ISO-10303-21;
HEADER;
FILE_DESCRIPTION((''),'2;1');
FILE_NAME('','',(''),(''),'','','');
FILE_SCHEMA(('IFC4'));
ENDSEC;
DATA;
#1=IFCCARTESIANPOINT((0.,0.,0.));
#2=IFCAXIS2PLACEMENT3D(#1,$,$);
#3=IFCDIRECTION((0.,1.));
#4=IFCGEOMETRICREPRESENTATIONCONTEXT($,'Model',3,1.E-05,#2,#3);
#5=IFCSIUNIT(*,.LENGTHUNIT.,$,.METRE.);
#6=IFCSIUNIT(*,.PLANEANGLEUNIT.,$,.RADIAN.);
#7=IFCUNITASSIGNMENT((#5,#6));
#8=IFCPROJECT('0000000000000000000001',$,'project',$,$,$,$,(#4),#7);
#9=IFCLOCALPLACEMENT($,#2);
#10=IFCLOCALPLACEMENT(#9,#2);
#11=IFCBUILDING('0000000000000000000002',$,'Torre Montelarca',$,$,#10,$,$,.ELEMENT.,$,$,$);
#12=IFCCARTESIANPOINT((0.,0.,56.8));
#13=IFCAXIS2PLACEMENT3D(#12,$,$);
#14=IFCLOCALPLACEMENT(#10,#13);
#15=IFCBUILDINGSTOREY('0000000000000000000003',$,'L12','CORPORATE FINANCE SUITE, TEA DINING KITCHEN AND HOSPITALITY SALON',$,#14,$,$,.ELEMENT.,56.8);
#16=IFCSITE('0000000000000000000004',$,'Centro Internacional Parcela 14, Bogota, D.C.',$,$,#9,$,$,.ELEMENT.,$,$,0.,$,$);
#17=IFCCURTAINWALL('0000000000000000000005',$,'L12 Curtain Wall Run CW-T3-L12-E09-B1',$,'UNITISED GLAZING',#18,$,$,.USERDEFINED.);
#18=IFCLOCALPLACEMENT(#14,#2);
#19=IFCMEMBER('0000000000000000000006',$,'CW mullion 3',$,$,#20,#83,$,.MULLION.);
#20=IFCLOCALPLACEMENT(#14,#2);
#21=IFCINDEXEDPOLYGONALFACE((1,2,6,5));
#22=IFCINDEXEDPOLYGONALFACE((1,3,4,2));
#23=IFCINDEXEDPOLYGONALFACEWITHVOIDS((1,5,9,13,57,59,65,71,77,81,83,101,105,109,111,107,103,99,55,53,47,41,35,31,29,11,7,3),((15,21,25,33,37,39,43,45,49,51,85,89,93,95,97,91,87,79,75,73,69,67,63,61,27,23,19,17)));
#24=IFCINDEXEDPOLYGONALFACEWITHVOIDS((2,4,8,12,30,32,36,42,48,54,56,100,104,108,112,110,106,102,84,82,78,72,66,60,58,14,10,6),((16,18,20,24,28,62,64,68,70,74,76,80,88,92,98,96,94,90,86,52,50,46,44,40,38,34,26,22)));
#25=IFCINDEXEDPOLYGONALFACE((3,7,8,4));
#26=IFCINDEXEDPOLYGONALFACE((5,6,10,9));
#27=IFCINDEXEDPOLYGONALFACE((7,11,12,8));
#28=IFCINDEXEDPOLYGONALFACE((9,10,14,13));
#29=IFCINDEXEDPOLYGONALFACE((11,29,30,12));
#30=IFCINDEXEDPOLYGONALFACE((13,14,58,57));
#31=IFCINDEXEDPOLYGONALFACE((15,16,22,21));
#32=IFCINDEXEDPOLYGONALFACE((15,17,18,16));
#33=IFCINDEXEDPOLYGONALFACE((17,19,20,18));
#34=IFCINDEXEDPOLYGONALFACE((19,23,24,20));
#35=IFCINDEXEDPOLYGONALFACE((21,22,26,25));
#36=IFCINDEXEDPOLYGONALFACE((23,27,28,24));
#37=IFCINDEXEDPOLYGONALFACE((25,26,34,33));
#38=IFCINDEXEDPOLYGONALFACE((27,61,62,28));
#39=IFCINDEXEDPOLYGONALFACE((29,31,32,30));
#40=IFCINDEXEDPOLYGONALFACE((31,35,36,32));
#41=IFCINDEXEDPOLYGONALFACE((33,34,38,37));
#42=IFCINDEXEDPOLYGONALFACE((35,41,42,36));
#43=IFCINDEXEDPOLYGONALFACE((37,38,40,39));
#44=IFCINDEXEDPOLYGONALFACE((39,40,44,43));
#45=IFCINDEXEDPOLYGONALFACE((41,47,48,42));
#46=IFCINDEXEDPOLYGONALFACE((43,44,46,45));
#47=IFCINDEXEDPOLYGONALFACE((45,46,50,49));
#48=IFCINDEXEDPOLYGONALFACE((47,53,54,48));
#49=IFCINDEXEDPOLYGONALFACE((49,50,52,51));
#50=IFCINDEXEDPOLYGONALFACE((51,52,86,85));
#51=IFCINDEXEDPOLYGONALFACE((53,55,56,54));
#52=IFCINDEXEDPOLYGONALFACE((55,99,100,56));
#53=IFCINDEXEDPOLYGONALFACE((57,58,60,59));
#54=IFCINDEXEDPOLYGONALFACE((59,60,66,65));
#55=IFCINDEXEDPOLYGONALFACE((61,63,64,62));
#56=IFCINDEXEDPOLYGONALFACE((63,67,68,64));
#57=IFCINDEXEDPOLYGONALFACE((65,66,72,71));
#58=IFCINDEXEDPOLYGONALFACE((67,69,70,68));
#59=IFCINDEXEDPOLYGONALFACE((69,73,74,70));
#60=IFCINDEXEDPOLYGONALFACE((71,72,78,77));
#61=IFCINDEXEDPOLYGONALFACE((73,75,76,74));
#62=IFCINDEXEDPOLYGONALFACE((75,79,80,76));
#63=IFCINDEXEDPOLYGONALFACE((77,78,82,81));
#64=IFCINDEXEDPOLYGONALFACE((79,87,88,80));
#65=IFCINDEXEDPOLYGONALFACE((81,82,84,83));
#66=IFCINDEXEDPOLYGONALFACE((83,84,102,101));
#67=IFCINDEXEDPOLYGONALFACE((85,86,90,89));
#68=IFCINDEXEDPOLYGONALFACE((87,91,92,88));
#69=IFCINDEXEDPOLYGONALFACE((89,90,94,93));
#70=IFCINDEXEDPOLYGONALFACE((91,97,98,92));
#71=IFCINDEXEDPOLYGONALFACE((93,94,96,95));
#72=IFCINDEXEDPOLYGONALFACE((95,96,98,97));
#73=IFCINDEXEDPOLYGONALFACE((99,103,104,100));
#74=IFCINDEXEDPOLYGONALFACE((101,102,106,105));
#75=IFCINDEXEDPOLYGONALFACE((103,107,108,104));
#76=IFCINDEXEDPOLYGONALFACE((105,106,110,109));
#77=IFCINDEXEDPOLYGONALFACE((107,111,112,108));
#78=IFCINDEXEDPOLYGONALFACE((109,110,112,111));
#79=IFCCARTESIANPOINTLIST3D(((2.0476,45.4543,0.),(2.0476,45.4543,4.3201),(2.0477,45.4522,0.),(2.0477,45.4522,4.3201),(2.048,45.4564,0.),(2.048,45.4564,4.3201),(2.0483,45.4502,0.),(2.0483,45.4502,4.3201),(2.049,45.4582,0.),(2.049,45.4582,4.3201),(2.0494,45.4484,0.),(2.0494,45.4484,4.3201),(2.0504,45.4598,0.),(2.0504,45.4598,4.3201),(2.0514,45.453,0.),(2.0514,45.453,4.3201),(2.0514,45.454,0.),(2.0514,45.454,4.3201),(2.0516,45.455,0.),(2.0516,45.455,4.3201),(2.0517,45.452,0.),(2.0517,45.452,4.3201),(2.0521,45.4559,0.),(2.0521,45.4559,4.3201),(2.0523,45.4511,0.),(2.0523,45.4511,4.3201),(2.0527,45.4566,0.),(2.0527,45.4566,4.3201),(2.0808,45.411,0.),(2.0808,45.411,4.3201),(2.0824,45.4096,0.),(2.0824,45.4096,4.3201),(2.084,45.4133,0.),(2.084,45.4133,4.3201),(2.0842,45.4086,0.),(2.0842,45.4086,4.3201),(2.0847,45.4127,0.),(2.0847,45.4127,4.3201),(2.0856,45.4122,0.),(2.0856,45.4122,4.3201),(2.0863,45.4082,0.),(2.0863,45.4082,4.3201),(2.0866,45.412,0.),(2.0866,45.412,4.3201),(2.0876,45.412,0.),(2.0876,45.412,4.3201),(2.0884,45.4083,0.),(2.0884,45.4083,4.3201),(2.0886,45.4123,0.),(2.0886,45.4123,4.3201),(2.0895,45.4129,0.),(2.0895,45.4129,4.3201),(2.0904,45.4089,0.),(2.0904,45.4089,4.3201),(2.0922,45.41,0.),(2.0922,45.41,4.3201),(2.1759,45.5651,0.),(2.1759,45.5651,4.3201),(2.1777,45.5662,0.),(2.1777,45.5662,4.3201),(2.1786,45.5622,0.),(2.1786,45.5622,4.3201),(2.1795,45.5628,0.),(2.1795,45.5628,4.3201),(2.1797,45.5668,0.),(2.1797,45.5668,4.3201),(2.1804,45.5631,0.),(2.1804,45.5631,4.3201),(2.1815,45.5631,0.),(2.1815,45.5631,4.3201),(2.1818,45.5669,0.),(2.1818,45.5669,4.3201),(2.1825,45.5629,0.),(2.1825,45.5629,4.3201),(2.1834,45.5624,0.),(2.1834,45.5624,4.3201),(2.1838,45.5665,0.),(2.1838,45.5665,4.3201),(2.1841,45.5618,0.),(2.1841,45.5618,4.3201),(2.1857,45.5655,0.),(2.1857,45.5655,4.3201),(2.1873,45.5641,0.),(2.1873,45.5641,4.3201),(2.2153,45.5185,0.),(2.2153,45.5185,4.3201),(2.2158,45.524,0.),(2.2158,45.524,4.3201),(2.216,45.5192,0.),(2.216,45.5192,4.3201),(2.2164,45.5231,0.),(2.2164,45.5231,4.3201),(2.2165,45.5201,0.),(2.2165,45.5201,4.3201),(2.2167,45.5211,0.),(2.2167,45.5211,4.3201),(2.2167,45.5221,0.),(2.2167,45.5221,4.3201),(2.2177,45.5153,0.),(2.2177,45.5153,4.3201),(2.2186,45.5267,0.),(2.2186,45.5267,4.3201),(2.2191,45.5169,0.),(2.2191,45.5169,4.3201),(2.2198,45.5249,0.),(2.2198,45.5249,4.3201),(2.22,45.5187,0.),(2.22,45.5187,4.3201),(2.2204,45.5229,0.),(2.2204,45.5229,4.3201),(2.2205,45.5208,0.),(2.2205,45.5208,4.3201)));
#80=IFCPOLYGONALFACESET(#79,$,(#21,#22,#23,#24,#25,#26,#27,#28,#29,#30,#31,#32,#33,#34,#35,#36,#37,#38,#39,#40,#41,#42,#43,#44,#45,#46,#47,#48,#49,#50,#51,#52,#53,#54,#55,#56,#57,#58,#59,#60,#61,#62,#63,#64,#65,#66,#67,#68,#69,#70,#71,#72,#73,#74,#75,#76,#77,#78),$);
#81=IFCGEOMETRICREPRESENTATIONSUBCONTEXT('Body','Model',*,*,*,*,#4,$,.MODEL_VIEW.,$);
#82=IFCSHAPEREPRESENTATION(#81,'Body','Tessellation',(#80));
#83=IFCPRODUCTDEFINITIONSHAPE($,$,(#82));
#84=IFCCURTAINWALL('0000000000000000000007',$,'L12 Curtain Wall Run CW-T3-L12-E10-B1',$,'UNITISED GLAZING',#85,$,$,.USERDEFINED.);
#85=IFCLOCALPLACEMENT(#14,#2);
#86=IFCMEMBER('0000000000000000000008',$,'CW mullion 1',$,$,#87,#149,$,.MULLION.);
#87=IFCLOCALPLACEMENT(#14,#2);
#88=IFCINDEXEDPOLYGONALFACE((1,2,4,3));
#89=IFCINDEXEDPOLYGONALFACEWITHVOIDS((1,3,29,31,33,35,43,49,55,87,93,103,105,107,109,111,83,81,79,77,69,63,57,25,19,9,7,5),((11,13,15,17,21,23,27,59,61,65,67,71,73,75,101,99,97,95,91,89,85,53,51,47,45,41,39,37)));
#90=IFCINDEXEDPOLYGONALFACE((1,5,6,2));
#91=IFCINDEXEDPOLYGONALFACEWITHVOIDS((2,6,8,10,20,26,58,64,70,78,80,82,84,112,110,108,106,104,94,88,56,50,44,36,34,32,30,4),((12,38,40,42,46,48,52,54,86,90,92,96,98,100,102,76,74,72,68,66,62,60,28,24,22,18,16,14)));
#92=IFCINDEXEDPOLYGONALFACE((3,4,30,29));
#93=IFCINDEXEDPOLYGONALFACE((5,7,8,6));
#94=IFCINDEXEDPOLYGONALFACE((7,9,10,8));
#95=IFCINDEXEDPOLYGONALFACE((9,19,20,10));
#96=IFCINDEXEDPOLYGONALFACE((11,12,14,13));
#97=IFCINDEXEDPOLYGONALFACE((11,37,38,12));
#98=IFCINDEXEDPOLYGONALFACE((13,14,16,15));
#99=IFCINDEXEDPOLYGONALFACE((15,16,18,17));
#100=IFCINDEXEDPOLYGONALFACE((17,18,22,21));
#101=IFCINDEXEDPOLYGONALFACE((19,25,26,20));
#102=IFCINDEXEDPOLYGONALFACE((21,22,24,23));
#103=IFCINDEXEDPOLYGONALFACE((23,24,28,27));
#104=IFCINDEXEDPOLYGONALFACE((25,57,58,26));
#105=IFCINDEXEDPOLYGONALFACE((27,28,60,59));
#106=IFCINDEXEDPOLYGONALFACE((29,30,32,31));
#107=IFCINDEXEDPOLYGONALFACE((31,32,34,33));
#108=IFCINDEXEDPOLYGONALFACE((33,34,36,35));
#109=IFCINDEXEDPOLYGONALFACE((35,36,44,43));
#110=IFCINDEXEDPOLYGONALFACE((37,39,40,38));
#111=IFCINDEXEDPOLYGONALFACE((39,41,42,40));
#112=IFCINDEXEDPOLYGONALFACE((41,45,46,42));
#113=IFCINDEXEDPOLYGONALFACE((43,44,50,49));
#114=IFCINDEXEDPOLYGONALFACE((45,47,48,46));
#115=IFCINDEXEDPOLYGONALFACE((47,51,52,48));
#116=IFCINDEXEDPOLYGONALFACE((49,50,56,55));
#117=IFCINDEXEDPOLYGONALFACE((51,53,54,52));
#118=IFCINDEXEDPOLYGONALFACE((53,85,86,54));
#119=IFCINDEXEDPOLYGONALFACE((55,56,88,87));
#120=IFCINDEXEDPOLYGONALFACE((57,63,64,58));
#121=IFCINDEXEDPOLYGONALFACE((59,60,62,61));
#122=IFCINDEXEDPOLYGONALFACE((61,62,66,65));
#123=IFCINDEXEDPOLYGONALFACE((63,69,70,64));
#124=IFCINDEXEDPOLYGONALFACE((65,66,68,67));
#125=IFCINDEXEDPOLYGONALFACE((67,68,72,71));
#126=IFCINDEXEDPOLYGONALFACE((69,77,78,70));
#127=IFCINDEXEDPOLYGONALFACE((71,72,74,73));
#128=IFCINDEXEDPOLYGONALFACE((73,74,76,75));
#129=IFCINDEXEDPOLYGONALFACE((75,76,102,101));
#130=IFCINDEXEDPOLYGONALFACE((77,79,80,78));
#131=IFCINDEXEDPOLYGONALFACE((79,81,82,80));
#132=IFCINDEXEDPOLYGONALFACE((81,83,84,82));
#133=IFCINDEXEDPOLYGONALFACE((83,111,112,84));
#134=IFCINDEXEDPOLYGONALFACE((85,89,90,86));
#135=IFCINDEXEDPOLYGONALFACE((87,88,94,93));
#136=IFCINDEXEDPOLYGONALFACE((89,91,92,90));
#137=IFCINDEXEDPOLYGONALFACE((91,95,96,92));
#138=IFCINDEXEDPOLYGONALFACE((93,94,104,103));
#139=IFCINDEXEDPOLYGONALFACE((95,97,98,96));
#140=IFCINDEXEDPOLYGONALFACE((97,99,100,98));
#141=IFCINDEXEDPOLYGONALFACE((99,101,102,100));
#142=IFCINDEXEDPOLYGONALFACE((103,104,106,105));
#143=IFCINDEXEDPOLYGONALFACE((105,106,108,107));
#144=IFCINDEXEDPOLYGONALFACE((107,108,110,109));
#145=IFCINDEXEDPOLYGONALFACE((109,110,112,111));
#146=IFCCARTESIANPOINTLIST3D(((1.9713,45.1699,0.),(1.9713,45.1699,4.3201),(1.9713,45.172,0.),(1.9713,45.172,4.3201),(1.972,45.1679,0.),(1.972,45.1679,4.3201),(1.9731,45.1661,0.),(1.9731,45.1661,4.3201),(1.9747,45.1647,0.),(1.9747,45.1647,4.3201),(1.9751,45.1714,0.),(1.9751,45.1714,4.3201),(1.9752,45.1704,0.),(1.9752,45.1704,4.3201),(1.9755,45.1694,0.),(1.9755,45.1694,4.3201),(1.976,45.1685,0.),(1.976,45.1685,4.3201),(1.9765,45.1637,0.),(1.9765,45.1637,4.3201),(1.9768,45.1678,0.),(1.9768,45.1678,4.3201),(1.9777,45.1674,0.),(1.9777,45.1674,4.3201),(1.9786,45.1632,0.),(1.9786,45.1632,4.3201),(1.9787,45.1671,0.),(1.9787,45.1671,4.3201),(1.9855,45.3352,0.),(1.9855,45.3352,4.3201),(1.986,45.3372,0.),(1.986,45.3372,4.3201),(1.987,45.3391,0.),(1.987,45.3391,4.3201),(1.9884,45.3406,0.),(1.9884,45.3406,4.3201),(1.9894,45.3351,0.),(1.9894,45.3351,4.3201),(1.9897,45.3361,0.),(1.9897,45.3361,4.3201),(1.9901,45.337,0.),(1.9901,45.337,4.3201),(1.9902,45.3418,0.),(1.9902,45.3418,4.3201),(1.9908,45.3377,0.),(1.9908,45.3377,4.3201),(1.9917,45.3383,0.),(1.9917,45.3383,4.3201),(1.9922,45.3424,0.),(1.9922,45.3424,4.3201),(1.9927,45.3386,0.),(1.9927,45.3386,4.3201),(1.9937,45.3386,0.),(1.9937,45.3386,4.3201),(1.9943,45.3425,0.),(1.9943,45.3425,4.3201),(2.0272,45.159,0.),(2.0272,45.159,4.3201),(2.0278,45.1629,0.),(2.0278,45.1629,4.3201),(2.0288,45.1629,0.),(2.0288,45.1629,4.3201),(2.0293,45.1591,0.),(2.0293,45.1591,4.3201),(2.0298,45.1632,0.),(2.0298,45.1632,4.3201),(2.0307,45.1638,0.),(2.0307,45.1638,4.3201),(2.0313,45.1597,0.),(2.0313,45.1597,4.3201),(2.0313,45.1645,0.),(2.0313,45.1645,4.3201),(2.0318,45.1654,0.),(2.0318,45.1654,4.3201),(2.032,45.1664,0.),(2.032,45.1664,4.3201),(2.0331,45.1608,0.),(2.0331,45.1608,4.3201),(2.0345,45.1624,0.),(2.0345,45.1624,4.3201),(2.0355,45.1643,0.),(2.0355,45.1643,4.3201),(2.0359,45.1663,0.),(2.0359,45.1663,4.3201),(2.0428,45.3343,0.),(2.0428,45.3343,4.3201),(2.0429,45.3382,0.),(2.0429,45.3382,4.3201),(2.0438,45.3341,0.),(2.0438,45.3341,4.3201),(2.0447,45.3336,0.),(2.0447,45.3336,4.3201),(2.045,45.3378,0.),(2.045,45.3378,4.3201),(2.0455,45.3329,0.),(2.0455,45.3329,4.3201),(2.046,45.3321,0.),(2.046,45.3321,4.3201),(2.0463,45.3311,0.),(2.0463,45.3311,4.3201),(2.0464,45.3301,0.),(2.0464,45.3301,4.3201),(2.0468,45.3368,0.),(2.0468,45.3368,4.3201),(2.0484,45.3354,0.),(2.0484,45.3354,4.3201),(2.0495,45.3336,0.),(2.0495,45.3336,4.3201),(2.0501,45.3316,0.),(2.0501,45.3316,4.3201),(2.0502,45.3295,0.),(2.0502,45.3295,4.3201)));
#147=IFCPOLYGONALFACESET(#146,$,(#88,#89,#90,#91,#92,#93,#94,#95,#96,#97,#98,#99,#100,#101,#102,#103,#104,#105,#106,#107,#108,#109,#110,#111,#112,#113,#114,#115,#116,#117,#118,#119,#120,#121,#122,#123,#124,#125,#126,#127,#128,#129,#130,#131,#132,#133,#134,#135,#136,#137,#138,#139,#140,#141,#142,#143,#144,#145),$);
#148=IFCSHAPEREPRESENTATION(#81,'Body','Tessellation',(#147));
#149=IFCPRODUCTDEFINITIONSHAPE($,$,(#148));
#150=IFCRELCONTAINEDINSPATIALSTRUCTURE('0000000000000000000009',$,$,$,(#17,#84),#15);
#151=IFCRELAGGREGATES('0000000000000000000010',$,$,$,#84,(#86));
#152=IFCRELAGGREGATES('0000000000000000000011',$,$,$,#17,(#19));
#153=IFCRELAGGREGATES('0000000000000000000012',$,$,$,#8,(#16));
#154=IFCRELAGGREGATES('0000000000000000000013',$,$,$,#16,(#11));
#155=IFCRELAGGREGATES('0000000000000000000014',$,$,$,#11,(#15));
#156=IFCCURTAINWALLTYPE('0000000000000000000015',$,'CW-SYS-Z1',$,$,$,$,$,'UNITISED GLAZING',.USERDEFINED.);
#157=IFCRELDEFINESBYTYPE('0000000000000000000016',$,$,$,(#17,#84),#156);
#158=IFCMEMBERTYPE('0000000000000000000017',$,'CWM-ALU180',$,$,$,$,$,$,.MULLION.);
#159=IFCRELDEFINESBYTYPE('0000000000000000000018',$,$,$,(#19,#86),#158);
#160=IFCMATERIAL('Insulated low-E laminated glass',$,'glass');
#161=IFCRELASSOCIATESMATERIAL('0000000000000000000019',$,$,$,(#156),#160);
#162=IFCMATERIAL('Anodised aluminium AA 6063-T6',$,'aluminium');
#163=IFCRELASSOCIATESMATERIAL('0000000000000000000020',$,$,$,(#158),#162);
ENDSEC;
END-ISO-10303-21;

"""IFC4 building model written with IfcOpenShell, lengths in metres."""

from ifc_helpers import new_model, si_unit, direction, frame, origin, origin_2d, place, context, subcontext, project, spatial, hollow_rectangle, extrude, source, transform, mapped, material, material_profile, profile_set, type_object, element, aggregate, save


model = new_model("IFC4")

# Units and contexts
model_context = context("Model", 3, precision=1e-05, world=origin(), true_north=direction((0.0, 1.0)))
body_context = subcontext(model_context, "Body", "Model", "MODEL_VIEW")
ifc_project = project(units=[si_unit("LENGTHUNIT", "METRE"), si_unit("PLANEANGLEUNIT", "RADIAN")], contexts=[model_context])

# Site, building, storey
site_placement = place(None, origin())
site = spatial("IfcSite", under=ifc_project, at=site_placement, Name="Centro Internacional Parcela 14, Bogota, D.C.", CompositionType="ELEMENT", RefElevation=0.0)
building_placement = place(site_placement, origin())
building = spatial("IfcBuilding", under=site, at=building_placement, Name="Torre Montelarca", CompositionType="ELEMENT")
storey_placement = place(building_placement, frame((0.0, 0.0, 56.8)))
storey = spatial("IfcBuildingStorey", under=building, at=storey_placement, Name="L12", Description="CORPORATE FINANCE SUITE, TEA DINING KITCHEN AND HOSPITALITY SALON", CompositionType="ELEMENT", Elevation=56.8)

# Curtain wall, member
ifc_material_1 = material(Name="Insulated low-E laminated glass", Category="glass")
curtain_wall_type = type_object("IfcCurtainWallType", Name="CW-SYS-Z1", ElementType="UNITISED GLAZING", PredefinedType="USERDEFINED", material=ifc_material_1)
curtain_wall_1_placement = place(storey_placement, origin())
curtain_wall_1 = element("IfcCurtainWall", 1, at=curtain_wall_1_placement, inside=storey, type_object=curtain_wall_type, Name="L12 Curtain Wall Run CW-T3-L12-E09-B1", ObjectType="UNITISED GLAZING", PredefinedType="USERDEFINED")
ifc_material_2 = material(Name="Anodised aluminium AA 6063-T6", Category="aluminium")
ifc_material_profile_1 = material_profile(ifc_material_2, hollow_rectangle(XDim=0.0649, YDim=0.1799, WallThickness=0.0039, InnerFilletRadius=0.0039, OuterFilletRadius=0.0081, at=origin_2d()), Name="ALU65X180X4", Category="aluminium")
ifc_profile_set_1 = profile_set([ifc_material_profile_1], Name="Anodised aluminium AA 6063-T6")
member_type_1 = type_object("IfcMemberType", Name="CWM-ALU180", PredefinedType="MULLION", material=ifc_profile_set_1)
shared_shape_1 = source(origin(), body_context, "Body", "SweptSolid", [
    extrude(hollow_rectangle(XDim=0.0649, YDim=0.1799, WallThickness=0.0039, InnerFilletRadius=0.0039, OuterFilletRadius=0.0081, at=origin_2d()), origin(), (0.0, 0.0, 1.0), 4.3201),
])
member_1_placement = place(storey_placement, frame((2.134, 45.4875, 0.0), z_axis=(0.0, 0.0, 1.0), x_axis=(0.64279, -0.766043, 0.0)))
member_1 = element("IfcMember", 2, at=member_1_placement, type_object=member_type_1, Name="CW mullion 3", PredefinedType="MULLION", context=body_context, shape_type="MappedRepresentation", body=[
    mapped(shared_shape_1, transform((0.0, 0.0, 0.0), scale=1.0)),
])

# Curtain wall, member
curtain_wall_2_placement = place(storey_placement, origin())
curtain_wall_2 = element("IfcCurtainWall", 3, at=curtain_wall_2_placement, inside=storey, type_object=curtain_wall_type, Name="L12 Curtain Wall Run CW-T3-L12-E10-B1", ObjectType="UNITISED GLAZING", PredefinedType="USERDEFINED")
member_2_placement = place(storey_placement, frame((2.0107, 45.2507, 0.0), z_axis=(0.0, 0.0, 1.0), x_axis=(0.996194, -0.087162, 0.0)))
member_2 = element("IfcMember", 4, at=member_2_placement, type_object=member_type_1, Name="CW mullion 1", PredefinedType="MULLION", context=body_context, shape_type="MappedRepresentation", body=[
    mapped(shared_shape_1, transform((0.0, 0.0, 0.0), scale=1.0)),
])

aggregate(curtain_wall_2, [member_2])

aggregate(curtain_wall_1, [member_1])

save(model, "model.ifc")
